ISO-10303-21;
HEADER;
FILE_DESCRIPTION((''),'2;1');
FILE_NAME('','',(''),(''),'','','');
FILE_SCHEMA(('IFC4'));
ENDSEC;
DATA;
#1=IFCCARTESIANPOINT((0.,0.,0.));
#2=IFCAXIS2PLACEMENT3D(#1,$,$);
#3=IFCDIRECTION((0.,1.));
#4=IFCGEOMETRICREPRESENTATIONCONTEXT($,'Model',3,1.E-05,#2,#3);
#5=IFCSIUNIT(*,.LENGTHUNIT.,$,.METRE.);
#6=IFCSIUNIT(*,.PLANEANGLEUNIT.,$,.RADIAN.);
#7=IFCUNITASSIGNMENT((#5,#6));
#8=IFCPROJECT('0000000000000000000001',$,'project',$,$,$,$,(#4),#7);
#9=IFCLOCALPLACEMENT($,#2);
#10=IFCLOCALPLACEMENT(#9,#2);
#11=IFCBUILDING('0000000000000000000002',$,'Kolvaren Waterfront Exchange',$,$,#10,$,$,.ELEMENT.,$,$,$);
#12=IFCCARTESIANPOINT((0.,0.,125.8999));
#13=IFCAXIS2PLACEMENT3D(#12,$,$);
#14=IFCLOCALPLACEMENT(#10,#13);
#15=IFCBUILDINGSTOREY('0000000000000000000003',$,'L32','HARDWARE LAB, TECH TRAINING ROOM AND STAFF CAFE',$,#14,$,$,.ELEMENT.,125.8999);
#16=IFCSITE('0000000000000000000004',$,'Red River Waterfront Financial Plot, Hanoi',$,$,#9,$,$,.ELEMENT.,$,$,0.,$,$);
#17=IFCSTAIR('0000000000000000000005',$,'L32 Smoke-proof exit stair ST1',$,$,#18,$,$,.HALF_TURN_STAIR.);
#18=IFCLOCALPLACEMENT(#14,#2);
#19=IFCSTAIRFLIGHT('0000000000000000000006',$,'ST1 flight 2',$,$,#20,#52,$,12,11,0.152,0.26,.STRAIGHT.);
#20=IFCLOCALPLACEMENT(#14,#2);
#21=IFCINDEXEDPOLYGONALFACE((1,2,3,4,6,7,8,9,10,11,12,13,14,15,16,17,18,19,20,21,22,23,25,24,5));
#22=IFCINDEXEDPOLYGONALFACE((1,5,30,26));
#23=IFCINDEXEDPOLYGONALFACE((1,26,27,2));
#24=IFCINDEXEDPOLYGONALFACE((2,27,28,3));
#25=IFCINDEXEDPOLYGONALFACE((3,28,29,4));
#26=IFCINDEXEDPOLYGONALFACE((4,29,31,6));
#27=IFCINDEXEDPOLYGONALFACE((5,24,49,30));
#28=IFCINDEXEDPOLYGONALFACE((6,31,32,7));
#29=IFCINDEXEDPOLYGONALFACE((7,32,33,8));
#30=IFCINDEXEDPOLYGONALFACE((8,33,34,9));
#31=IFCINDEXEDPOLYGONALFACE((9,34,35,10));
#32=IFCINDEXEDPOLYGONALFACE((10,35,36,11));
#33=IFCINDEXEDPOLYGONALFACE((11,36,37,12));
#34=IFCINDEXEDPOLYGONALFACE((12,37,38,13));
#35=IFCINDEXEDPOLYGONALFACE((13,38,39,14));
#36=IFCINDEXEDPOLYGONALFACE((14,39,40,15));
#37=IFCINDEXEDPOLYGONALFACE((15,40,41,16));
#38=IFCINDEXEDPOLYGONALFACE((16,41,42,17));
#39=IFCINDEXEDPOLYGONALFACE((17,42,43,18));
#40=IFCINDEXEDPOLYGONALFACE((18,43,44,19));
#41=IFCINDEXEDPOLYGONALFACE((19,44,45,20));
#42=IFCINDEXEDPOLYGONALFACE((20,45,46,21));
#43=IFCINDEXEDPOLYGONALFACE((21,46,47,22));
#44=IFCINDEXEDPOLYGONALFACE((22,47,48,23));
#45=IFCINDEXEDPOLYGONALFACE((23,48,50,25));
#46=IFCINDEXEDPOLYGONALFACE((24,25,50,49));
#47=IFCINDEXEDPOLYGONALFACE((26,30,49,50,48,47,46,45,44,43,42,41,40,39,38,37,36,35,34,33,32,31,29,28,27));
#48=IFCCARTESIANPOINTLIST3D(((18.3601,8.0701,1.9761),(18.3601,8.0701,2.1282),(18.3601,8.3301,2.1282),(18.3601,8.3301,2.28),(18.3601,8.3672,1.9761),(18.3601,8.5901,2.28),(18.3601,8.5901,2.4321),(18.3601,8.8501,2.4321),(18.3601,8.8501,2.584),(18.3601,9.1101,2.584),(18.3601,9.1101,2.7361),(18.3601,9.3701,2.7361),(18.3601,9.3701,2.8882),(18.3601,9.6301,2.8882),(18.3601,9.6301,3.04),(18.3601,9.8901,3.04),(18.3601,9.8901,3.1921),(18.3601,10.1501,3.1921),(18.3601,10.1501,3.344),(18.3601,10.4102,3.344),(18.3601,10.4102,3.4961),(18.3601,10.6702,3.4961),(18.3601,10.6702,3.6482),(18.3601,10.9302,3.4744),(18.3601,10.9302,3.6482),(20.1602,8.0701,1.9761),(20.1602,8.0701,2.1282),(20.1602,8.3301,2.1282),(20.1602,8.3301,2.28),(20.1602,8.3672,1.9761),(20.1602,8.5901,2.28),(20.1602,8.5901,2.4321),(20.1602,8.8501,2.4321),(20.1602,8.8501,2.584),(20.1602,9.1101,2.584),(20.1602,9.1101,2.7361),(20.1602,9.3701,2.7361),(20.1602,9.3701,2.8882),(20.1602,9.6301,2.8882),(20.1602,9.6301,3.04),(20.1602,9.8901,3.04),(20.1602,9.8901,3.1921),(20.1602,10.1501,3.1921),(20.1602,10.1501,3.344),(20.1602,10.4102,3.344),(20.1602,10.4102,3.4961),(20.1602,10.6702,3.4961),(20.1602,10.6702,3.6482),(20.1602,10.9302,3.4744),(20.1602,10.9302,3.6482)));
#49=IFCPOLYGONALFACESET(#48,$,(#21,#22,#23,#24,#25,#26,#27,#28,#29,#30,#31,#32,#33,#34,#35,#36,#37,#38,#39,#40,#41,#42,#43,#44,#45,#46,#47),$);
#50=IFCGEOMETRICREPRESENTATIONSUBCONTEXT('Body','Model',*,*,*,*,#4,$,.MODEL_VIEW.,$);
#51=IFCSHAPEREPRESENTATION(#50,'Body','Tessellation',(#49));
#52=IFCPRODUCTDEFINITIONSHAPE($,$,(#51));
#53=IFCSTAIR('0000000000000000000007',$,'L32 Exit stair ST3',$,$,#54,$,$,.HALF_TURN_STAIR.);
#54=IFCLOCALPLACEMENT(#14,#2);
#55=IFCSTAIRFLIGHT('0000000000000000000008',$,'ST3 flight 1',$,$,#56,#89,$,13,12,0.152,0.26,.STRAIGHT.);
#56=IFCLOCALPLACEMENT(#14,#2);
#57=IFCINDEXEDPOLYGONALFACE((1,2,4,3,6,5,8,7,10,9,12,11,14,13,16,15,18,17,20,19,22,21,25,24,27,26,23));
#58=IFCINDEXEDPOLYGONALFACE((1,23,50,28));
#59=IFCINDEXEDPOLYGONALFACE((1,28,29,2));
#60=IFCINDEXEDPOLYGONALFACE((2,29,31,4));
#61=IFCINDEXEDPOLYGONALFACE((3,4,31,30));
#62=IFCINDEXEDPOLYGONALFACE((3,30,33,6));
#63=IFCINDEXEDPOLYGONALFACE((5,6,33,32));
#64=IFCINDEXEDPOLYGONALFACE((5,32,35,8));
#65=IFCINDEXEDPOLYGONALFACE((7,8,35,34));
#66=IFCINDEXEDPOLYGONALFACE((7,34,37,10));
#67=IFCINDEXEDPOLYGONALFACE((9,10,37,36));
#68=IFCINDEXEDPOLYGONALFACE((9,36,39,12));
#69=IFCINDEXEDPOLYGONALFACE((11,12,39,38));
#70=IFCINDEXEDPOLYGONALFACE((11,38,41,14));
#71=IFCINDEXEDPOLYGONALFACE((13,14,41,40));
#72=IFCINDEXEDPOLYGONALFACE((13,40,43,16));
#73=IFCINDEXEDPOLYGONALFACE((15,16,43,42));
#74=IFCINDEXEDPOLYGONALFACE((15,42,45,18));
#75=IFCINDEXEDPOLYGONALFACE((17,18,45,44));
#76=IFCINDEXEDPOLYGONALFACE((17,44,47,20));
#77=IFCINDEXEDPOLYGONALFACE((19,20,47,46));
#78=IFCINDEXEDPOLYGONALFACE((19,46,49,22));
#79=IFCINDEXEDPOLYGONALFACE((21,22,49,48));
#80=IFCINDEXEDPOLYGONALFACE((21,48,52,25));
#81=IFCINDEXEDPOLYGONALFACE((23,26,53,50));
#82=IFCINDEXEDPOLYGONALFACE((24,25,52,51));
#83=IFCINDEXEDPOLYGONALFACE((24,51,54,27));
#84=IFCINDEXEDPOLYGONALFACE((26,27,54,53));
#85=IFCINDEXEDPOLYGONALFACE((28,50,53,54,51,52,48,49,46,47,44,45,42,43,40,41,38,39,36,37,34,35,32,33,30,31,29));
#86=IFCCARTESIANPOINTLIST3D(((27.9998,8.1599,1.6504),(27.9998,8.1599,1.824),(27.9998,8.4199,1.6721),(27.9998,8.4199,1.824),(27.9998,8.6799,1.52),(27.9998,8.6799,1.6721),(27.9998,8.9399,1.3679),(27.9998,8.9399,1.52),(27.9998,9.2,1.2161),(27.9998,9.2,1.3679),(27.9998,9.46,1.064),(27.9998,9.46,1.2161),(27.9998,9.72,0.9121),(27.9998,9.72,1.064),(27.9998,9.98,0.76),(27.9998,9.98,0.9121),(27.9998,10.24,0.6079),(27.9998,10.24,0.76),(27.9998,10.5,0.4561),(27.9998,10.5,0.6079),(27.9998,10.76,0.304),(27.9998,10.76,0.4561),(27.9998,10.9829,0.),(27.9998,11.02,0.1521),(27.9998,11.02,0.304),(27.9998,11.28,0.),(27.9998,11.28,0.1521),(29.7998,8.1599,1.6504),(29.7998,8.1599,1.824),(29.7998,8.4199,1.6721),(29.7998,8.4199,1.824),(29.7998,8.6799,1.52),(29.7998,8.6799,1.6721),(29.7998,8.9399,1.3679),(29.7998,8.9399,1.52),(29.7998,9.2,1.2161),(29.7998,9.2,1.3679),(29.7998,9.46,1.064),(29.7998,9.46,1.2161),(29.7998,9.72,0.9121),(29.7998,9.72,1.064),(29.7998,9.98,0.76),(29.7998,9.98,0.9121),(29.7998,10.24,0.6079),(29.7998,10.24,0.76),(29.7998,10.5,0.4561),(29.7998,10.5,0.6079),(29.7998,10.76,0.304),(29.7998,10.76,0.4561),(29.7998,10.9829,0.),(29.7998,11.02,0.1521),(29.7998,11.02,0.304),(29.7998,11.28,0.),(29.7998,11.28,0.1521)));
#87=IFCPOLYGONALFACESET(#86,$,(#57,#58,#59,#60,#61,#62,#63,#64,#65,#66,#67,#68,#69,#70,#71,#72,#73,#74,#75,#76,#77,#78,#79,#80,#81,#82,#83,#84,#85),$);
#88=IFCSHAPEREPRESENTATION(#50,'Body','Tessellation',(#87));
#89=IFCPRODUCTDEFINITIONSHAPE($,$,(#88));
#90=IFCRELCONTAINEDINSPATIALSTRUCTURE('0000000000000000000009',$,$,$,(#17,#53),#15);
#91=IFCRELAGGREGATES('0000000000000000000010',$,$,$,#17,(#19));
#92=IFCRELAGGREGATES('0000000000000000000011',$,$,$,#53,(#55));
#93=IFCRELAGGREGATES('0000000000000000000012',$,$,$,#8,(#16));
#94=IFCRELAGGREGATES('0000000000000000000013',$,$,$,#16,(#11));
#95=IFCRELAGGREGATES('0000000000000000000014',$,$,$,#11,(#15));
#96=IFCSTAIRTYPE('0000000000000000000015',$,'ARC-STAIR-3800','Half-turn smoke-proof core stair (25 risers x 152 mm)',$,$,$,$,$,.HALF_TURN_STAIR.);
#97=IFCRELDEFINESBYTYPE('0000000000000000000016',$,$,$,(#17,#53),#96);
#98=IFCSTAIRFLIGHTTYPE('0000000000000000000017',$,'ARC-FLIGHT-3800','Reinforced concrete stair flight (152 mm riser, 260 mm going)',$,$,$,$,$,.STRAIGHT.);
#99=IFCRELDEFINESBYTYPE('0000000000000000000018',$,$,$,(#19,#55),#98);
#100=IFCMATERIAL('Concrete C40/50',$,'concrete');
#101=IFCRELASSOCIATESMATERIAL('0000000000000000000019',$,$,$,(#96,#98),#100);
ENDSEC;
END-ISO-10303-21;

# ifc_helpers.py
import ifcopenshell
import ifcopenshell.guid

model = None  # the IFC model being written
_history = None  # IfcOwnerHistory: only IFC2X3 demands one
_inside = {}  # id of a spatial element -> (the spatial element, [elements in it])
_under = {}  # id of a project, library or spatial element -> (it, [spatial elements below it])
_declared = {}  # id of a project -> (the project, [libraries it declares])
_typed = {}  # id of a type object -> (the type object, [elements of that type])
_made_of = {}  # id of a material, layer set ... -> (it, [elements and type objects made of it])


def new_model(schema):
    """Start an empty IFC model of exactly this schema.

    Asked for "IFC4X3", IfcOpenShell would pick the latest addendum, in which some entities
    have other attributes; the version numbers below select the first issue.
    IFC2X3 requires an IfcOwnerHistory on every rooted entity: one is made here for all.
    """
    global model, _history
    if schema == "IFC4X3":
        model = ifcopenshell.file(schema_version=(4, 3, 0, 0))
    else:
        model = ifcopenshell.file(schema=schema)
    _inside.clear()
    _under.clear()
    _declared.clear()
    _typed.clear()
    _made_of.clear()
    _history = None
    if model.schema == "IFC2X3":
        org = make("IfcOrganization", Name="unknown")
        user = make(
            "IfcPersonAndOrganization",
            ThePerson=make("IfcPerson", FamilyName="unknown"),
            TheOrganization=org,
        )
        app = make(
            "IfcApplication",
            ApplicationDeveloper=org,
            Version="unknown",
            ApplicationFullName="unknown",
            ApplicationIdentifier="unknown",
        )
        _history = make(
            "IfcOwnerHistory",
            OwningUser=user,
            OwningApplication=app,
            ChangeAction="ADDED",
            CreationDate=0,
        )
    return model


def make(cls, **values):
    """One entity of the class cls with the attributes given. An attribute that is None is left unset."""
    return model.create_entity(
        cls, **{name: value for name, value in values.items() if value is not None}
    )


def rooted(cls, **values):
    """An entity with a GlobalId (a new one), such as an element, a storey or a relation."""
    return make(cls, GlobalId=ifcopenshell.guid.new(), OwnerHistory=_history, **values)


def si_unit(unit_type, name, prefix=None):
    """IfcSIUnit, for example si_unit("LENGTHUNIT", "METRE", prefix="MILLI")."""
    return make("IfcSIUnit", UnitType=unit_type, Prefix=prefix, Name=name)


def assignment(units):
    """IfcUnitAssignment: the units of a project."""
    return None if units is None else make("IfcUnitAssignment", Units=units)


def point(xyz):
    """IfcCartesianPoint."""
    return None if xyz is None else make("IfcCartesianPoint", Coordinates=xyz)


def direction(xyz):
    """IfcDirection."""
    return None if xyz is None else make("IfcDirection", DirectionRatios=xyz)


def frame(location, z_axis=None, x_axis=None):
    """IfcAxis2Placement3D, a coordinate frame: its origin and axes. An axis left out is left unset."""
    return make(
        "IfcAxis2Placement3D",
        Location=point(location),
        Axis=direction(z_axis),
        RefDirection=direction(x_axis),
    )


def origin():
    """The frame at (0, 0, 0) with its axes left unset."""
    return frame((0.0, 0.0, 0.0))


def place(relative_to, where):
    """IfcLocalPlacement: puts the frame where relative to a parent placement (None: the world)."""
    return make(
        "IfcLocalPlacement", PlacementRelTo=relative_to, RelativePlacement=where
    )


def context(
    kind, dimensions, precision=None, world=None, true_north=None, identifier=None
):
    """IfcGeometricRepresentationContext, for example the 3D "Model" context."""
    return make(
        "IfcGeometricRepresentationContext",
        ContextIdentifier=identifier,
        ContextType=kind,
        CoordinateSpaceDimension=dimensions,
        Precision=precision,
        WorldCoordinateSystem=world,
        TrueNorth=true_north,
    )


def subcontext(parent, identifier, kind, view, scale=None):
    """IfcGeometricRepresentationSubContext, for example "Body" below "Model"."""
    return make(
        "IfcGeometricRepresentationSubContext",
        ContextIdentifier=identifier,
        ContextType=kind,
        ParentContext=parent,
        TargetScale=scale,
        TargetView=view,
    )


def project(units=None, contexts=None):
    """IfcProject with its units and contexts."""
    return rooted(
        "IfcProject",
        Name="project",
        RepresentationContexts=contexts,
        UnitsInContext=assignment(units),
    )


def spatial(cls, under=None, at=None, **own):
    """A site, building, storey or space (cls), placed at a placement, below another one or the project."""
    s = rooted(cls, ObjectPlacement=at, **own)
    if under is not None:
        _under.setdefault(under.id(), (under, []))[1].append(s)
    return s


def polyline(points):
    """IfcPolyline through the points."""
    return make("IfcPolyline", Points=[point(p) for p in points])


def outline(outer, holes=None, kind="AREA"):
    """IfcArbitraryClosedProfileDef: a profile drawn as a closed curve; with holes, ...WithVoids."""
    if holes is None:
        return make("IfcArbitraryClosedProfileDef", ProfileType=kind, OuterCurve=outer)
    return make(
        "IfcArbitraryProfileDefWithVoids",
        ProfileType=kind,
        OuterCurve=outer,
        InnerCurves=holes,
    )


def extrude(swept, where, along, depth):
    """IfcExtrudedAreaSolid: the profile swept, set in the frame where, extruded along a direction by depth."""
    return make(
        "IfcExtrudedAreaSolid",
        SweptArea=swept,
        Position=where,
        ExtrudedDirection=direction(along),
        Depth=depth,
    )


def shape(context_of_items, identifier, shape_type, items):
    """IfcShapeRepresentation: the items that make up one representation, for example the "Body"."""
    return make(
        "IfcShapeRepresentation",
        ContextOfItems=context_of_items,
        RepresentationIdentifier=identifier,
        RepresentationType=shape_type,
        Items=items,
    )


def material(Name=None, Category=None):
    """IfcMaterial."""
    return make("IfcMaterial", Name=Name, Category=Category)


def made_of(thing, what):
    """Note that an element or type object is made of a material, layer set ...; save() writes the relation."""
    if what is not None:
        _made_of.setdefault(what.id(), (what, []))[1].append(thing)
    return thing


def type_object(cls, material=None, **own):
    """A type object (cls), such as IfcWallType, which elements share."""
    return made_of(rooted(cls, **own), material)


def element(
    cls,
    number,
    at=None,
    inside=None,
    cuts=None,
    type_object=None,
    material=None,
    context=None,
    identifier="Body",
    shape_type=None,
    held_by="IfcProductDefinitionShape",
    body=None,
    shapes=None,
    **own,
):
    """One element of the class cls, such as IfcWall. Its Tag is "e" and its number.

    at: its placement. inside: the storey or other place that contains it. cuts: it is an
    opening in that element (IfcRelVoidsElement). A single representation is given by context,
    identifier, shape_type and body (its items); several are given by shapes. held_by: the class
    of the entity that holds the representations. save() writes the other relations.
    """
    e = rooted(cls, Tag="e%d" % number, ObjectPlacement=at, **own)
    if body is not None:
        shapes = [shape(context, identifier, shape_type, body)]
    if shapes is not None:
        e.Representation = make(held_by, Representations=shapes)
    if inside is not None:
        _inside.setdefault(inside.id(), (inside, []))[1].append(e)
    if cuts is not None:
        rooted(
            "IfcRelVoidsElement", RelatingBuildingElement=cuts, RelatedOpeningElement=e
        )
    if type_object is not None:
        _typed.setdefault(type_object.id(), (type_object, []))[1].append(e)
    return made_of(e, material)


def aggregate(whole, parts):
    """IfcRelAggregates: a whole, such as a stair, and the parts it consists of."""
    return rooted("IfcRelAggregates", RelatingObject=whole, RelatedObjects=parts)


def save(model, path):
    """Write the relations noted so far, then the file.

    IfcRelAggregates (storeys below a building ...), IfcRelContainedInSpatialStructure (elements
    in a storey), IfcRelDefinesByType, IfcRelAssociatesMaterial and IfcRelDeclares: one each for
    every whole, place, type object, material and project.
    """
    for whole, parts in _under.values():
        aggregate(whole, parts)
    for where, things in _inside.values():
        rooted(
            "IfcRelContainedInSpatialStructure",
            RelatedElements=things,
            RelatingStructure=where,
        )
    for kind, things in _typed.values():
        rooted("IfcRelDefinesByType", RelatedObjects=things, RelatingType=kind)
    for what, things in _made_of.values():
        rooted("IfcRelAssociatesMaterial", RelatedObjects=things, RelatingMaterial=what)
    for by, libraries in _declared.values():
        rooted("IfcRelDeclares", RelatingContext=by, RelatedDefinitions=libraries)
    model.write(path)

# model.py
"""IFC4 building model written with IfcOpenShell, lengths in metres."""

from ifc_helpers import new_model, si_unit, direction, frame, origin, place, context, subcontext, project, spatial, polyline, outline, extrude, material, type_object, element, aggregate, save


model = new_model("IFC4")

# Units and contexts
model_context = context("Model", 3, precision=1e-05, world=origin(), true_north=direction((0.0, 1.0)))
body_context = subcontext(model_context, "Body", "Model", "MODEL_VIEW")
ifc_project = project(units=[si_unit("LENGTHUNIT", "METRE"), si_unit("PLANEANGLEUNIT", "RADIAN")], contexts=[model_context])

# Site, building, storey
site_placement = place(None, origin())
site = spatial("IfcSite", under=ifc_project, at=site_placement, Name="Red River Waterfront Financial Plot, Hanoi", CompositionType="ELEMENT", RefElevation=0.0)
building_placement = place(site_placement, origin())
building = spatial("IfcBuilding", under=site, at=building_placement, Name="Kolvaren Waterfront Exchange", CompositionType="ELEMENT")
storey_placement = place(building_placement, frame((0.0, 0.0, 125.8999)))
storey = spatial("IfcBuildingStorey", under=building, at=storey_placement, Name="L32", Description="HARDWARE LAB, TECH TRAINING ROOM AND STAFF CAFE", CompositionType="ELEMENT", Elevation=125.8999)

# Shared definitions
ifc_material_1 = material(Name="Concrete C40/50", Category="concrete")

# Stairs, stair flights
stair_type = type_object("IfcStairType", Name="ARC-STAIR-3800", Description="Half-turn smoke-proof core stair (25 risers x 152 mm)", PredefinedType="HALF_TURN_STAIR", material=ifc_material_1)
stair_1_placement = place(storey_placement, origin())
stair_1 = element("IfcStair", 1, at=stair_1_placement, inside=storey, type_object=stair_type, Name="L32 Smoke-proof exit stair ST1", PredefinedType="HALF_TURN_STAIR")
stair_flight_type = type_object("IfcStairFlightType", Name="ARC-FLIGHT-3800", Description="Reinforced concrete stair flight (152 mm riser, 260 mm going)", PredefinedType="STRAIGHT", material=ifc_material_1)
stair_flight_1_placement = place(storey_placement, frame((19.26, 8.0701, 1.9761), z_axis=(0.0, 0.0, 1.0), x_axis=(0.0, 1.0, 0.0)))
stair_flight_1 = element("IfcStairFlight", 2, at=stair_flight_1_placement, type_object=stair_flight_type, Name="ST1 flight 2", NumberOfRisers=12, NumberOfTreads=11, PredefinedType="STRAIGHT", RiserHeight=0.152, TreadLength=0.26, context=body_context, shape_type="SweptSolid", body=[
    extrude(outline(polyline([(0.0, 0.0), (0.0, 0.1521), (0.26, 0.1521), (0.26, 0.304), (0.52, 0.304), (0.52, 0.4561), (0.78, 0.4561), (0.78, 0.6079), (1.04, 0.6079), (1.04, 0.76), (1.3, 0.76), (1.3, 0.9121), (1.5601, 0.9121), (1.5601, 1.064), (1.8201, 1.064), (1.8201, 1.2161), (2.0801, 1.2161), (2.0801, 1.3679), (2.3401, 1.3679), (2.3401, 1.52), (2.6001, 1.52), (2.6001, 1.6721), (2.8601, 1.6721), (2.8601, 1.824), (2.8601, 1.4983), (0.2971, 0.0), (0.0, 0.0)])), frame((0.0, 0.8999, 0.0), z_axis=(0.0, -1.0, 0.0), x_axis=(1.0, 0.0, 0.0)), (0.0, 0.0, 1.0), 1.8),
])
aggregate(stair_1, [stair_flight_1])
stair_2_placement = place(storey_placement, origin())
stair_2 = element("IfcStair", 3, at=stair_2_placement, inside=storey, type_object=stair_type, Name="L32 Exit stair ST3", PredefinedType="HALF_TURN_STAIR")
stair_flight_2_placement = place(storey_placement, frame((28.8999, 11.28, 0.0), z_axis=(0.0, 0.0, 1.0), x_axis=(0.0, -1.0, 0.0)))
stair_flight_2 = element("IfcStairFlight", 4, at=stair_flight_2_placement, type_object=stair_flight_type, Name="ST3 flight 1", NumberOfRisers=13, NumberOfTreads=12, PredefinedType="STRAIGHT", RiserHeight=0.152, TreadLength=0.26, context=body_context, shape_type="SweptSolid", body=[
    extrude(outline(polyline([(0.0, 0.0), (0.0, 0.1521), (0.26, 0.1521), (0.26, 0.304), (0.52, 0.304), (0.52, 0.4561), (0.78, 0.4561), (0.78, 0.6079), (1.04, 0.6079), (1.04, 0.76), (1.3, 0.76), (1.3, 0.9121), (1.5601, 0.9121), (1.5601, 1.064), (1.8201, 1.064), (1.8201, 1.2161), (2.0801, 1.2161), (2.0801, 1.3679), (2.3401, 1.3679), (2.3401, 1.52), (2.6001, 1.52), (2.6001, 1.6721), (2.8601, 1.6721), (2.8601, 1.824), (3.1201, 1.824), (3.1201, 1.9761), (3.1201, 1.6504), (0.2971, 0.0), (0.0, 0.0)])), frame((0.0, 0.8999, 0.0), z_axis=(0.0, -1.0, 0.0), x_axis=(1.0, 0.0, 0.0)), (0.0, 0.0, 1.0), 1.8),
])
aggregate(stair_2, [stair_flight_2])

save(model, "model.ifc")
